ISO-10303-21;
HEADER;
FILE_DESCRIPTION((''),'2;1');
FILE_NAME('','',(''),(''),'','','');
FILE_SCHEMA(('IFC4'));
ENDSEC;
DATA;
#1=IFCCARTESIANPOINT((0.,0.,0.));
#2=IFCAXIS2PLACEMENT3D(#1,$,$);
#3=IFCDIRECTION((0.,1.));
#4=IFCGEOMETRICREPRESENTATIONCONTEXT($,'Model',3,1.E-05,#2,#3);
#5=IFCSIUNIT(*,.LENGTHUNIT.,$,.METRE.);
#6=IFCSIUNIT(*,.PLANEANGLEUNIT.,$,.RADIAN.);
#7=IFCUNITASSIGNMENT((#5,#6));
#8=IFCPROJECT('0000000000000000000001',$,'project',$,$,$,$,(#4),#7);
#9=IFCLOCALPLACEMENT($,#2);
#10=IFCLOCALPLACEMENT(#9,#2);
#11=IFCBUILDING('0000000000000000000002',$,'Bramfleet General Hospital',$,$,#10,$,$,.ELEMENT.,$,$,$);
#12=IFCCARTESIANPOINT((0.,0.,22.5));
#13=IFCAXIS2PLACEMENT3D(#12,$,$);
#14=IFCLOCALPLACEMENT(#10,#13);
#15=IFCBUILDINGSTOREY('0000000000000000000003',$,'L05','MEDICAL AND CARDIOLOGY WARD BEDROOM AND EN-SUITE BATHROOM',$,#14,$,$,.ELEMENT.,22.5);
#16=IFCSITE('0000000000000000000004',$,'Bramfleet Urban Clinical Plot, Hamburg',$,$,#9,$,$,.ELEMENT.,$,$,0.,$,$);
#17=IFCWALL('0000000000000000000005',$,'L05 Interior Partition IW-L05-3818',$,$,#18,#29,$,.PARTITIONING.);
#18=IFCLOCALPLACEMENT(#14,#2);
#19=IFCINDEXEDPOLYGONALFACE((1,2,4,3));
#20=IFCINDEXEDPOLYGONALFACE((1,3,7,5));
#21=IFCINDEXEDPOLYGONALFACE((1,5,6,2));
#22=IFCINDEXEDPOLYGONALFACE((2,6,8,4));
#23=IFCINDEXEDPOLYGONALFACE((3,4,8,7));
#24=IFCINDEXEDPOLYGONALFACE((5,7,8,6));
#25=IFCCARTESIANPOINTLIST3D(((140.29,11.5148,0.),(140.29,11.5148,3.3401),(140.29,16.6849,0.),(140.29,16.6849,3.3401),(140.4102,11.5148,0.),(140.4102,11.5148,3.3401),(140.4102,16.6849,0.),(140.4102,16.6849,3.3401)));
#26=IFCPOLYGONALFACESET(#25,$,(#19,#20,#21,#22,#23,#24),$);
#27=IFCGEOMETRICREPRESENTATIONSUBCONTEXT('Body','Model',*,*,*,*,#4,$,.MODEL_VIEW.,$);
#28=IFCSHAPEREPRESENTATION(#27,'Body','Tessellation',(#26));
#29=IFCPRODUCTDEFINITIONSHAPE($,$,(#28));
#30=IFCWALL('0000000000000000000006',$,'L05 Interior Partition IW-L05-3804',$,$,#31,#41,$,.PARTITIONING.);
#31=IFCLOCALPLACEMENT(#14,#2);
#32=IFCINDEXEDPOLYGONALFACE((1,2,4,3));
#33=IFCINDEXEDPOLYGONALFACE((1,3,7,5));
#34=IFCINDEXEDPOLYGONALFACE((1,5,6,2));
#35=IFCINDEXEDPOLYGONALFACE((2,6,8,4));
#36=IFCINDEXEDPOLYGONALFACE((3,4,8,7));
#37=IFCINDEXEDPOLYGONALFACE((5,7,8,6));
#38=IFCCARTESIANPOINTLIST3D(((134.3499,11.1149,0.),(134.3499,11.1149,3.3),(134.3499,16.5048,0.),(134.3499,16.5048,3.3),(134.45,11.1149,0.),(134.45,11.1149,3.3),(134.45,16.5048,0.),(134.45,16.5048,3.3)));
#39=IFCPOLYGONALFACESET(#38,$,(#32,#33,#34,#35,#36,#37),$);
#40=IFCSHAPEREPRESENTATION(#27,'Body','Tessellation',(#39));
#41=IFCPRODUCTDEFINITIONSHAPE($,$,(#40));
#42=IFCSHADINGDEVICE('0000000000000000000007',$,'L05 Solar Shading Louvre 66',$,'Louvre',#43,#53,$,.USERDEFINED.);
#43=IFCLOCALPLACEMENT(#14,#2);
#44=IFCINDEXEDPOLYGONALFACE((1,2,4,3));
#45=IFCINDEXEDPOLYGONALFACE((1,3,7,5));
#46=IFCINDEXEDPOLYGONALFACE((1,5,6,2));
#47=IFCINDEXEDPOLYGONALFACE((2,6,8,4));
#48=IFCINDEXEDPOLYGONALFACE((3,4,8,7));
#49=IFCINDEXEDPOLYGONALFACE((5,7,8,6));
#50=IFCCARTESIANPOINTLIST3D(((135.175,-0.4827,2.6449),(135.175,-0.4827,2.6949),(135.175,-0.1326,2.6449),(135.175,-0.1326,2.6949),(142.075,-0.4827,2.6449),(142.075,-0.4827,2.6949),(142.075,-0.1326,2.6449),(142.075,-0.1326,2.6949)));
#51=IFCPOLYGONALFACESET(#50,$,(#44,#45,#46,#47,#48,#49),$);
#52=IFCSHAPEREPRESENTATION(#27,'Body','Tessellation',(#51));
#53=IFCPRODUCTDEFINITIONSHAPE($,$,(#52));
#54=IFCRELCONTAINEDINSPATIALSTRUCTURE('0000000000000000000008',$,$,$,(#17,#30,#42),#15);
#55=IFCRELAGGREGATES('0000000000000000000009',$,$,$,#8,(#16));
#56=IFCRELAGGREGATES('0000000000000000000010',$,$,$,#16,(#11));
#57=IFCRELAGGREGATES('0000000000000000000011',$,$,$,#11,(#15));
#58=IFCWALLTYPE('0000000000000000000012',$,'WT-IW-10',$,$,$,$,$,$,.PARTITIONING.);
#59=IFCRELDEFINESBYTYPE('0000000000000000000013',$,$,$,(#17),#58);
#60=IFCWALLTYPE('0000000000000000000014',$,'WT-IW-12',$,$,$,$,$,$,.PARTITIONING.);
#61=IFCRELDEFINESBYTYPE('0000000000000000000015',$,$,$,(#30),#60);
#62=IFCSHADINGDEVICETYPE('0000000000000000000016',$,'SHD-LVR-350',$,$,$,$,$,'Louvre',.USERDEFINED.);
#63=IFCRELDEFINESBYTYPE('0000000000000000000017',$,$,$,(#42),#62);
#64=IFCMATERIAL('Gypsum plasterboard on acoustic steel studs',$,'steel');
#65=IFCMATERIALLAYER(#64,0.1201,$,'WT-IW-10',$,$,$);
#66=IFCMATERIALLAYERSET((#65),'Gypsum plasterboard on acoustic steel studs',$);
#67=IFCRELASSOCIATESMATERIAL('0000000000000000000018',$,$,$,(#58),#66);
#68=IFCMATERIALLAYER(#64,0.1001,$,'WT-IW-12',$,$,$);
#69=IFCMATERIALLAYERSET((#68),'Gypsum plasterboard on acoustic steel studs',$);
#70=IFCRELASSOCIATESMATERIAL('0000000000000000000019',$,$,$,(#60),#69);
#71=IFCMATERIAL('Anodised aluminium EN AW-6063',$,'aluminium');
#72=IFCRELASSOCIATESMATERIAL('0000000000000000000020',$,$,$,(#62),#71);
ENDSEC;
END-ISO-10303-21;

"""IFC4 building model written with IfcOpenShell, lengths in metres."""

from ifc_helpers import new_model, si_unit, direction, frame, frame_2d, origin, origin_2d, place, context, subcontext, project, spatial, rectangle, extrude, material, layer, layer_set, material_profile, profile_set, type_object, element, save


model = new_model("IFC4")

# Units and contexts
model_context = context("Model", 3, precision=1e-05, world=origin(), true_north=direction((0.0, 1.0)))
body_context = subcontext(model_context, "Body", "Model", "MODEL_VIEW")
ifc_project = project(units=[si_unit("LENGTHUNIT", "METRE"), si_unit("PLANEANGLEUNIT", "RADIAN")], contexts=[model_context])

# Site, building, storey
site_placement = place(None, origin())
site = spatial("IfcSite", under=ifc_project, at=site_placement, Name="Bramfleet Urban Clinical Plot, Hamburg", CompositionType="ELEMENT", RefElevation=0.0)
building_placement = place(site_placement, origin())
building = spatial("IfcBuilding", under=site, at=building_placement, Name="Bramfleet General Hospital", CompositionType="ELEMENT")
storey_placement = place(building_placement, frame((0.0, 0.0, 22.5)))
storey = spatial("IfcBuildingStorey", under=building, at=storey_placement, Name="L05", Description="MEDICAL AND CARDIOLOGY WARD BEDROOM AND EN-SUITE BATHROOM", CompositionType="ELEMENT", Elevation=22.5)

# Shared definitions
ifc_material_1 = material(Name="Gypsum plasterboard on acoustic steel studs", Category="steel")

# Shared definitions
ifc_layer_1 = layer(ifc_material_1, 0.1201, Name="WT-IW-10")
ifc_layer_set_1 = layer_set([ifc_layer_1], Name="Gypsum plasterboard on acoustic steel studs")
wall_type_1 = type_object("IfcWallType", Name="WT-IW-10", PredefinedType="PARTITIONING", material=ifc_layer_set_1)

# Walls
wall_1_placement = place(storey_placement, frame((140.3501, 11.5149, 0.0), z_axis=(0.0, 0.0, 1.0), x_axis=(0.0, 1.0, 0.0)))
element("IfcWall", 1, at=wall_1_placement, inside=storey, type_object=wall_type_1, Name="L05 Interior Partition IW-L05-3818", PredefinedType="PARTITIONING", context=body_context, shape_type="SweptSolid", body=[
    extrude(rectangle(XDim=5.1702, YDim=0.1201, at=frame_2d((2.585, 0.0))), origin(), (0.0, 0.0, 1.0), 3.3401),
])
ifc_layer_2 = layer(ifc_material_1, 0.1001, Name="WT-IW-12")
ifc_layer_set_2 = layer_set([ifc_layer_2], Name="Gypsum plasterboard on acoustic steel studs")
wall_type_2 = type_object("IfcWallType", Name="WT-IW-12", PredefinedType="PARTITIONING", material=ifc_layer_set_2)
wall_2_placement = place(storey_placement, frame((134.3999, 11.115, 0.0), z_axis=(0.0, 0.0, 1.0), x_axis=(0.0, 1.0, 0.0)))
element("IfcWall", 2, at=wall_2_placement, inside=storey, type_object=wall_type_2, Name="L05 Interior Partition IW-L05-3804", PredefinedType="PARTITIONING", context=body_context, shape_type="SweptSolid", body=[
    extrude(rectangle(XDim=5.3899, YDim=0.1001, at=frame_2d((2.6948, 0.0))), origin(), (0.0, 0.0, 1.0), 3.3),
])

# Shading device
ifc_material_2 = material(Name="Anodised aluminium EN AW-6063", Category="aluminium")
ifc_material_profile_1 = material_profile(ifc_material_2, rectangle(XDim=0.05, YDim=0.3501, at=origin_2d()), Name="ALU LOUVRE 350x50")
ifc_profile_set_1 = profile_set([ifc_material_profile_1], Name="Anodised aluminium EN AW-6063")
shading_device_type = type_object("IfcShadingDeviceType", Name="SHD-LVR-350", ElementType="Louvre", PredefinedType="USERDEFINED", material=ifc_profile_set_1)
shading_device_placement = place(storey_placement, frame((142.075, -0.3076, 2.6699), z_axis=(-1.0, 0.0, 0.0), x_axis=(0.0, 0.0, 1.0)))
element("IfcShadingDevice", 3, at=shading_device_placement, inside=storey, type_object=shading_device_type, Name="L05 Solar Shading Louvre 66", ObjectType="Louvre", PredefinedType="USERDEFINED", context=body_context, shape_type="SweptSolid", body=[
    extrude(rectangle(XDim=0.05, YDim=0.3501, at=origin_2d()), origin(), (0.0, 0.0, 1.0), 6.8999),
])

save(model, "model.ifc")
